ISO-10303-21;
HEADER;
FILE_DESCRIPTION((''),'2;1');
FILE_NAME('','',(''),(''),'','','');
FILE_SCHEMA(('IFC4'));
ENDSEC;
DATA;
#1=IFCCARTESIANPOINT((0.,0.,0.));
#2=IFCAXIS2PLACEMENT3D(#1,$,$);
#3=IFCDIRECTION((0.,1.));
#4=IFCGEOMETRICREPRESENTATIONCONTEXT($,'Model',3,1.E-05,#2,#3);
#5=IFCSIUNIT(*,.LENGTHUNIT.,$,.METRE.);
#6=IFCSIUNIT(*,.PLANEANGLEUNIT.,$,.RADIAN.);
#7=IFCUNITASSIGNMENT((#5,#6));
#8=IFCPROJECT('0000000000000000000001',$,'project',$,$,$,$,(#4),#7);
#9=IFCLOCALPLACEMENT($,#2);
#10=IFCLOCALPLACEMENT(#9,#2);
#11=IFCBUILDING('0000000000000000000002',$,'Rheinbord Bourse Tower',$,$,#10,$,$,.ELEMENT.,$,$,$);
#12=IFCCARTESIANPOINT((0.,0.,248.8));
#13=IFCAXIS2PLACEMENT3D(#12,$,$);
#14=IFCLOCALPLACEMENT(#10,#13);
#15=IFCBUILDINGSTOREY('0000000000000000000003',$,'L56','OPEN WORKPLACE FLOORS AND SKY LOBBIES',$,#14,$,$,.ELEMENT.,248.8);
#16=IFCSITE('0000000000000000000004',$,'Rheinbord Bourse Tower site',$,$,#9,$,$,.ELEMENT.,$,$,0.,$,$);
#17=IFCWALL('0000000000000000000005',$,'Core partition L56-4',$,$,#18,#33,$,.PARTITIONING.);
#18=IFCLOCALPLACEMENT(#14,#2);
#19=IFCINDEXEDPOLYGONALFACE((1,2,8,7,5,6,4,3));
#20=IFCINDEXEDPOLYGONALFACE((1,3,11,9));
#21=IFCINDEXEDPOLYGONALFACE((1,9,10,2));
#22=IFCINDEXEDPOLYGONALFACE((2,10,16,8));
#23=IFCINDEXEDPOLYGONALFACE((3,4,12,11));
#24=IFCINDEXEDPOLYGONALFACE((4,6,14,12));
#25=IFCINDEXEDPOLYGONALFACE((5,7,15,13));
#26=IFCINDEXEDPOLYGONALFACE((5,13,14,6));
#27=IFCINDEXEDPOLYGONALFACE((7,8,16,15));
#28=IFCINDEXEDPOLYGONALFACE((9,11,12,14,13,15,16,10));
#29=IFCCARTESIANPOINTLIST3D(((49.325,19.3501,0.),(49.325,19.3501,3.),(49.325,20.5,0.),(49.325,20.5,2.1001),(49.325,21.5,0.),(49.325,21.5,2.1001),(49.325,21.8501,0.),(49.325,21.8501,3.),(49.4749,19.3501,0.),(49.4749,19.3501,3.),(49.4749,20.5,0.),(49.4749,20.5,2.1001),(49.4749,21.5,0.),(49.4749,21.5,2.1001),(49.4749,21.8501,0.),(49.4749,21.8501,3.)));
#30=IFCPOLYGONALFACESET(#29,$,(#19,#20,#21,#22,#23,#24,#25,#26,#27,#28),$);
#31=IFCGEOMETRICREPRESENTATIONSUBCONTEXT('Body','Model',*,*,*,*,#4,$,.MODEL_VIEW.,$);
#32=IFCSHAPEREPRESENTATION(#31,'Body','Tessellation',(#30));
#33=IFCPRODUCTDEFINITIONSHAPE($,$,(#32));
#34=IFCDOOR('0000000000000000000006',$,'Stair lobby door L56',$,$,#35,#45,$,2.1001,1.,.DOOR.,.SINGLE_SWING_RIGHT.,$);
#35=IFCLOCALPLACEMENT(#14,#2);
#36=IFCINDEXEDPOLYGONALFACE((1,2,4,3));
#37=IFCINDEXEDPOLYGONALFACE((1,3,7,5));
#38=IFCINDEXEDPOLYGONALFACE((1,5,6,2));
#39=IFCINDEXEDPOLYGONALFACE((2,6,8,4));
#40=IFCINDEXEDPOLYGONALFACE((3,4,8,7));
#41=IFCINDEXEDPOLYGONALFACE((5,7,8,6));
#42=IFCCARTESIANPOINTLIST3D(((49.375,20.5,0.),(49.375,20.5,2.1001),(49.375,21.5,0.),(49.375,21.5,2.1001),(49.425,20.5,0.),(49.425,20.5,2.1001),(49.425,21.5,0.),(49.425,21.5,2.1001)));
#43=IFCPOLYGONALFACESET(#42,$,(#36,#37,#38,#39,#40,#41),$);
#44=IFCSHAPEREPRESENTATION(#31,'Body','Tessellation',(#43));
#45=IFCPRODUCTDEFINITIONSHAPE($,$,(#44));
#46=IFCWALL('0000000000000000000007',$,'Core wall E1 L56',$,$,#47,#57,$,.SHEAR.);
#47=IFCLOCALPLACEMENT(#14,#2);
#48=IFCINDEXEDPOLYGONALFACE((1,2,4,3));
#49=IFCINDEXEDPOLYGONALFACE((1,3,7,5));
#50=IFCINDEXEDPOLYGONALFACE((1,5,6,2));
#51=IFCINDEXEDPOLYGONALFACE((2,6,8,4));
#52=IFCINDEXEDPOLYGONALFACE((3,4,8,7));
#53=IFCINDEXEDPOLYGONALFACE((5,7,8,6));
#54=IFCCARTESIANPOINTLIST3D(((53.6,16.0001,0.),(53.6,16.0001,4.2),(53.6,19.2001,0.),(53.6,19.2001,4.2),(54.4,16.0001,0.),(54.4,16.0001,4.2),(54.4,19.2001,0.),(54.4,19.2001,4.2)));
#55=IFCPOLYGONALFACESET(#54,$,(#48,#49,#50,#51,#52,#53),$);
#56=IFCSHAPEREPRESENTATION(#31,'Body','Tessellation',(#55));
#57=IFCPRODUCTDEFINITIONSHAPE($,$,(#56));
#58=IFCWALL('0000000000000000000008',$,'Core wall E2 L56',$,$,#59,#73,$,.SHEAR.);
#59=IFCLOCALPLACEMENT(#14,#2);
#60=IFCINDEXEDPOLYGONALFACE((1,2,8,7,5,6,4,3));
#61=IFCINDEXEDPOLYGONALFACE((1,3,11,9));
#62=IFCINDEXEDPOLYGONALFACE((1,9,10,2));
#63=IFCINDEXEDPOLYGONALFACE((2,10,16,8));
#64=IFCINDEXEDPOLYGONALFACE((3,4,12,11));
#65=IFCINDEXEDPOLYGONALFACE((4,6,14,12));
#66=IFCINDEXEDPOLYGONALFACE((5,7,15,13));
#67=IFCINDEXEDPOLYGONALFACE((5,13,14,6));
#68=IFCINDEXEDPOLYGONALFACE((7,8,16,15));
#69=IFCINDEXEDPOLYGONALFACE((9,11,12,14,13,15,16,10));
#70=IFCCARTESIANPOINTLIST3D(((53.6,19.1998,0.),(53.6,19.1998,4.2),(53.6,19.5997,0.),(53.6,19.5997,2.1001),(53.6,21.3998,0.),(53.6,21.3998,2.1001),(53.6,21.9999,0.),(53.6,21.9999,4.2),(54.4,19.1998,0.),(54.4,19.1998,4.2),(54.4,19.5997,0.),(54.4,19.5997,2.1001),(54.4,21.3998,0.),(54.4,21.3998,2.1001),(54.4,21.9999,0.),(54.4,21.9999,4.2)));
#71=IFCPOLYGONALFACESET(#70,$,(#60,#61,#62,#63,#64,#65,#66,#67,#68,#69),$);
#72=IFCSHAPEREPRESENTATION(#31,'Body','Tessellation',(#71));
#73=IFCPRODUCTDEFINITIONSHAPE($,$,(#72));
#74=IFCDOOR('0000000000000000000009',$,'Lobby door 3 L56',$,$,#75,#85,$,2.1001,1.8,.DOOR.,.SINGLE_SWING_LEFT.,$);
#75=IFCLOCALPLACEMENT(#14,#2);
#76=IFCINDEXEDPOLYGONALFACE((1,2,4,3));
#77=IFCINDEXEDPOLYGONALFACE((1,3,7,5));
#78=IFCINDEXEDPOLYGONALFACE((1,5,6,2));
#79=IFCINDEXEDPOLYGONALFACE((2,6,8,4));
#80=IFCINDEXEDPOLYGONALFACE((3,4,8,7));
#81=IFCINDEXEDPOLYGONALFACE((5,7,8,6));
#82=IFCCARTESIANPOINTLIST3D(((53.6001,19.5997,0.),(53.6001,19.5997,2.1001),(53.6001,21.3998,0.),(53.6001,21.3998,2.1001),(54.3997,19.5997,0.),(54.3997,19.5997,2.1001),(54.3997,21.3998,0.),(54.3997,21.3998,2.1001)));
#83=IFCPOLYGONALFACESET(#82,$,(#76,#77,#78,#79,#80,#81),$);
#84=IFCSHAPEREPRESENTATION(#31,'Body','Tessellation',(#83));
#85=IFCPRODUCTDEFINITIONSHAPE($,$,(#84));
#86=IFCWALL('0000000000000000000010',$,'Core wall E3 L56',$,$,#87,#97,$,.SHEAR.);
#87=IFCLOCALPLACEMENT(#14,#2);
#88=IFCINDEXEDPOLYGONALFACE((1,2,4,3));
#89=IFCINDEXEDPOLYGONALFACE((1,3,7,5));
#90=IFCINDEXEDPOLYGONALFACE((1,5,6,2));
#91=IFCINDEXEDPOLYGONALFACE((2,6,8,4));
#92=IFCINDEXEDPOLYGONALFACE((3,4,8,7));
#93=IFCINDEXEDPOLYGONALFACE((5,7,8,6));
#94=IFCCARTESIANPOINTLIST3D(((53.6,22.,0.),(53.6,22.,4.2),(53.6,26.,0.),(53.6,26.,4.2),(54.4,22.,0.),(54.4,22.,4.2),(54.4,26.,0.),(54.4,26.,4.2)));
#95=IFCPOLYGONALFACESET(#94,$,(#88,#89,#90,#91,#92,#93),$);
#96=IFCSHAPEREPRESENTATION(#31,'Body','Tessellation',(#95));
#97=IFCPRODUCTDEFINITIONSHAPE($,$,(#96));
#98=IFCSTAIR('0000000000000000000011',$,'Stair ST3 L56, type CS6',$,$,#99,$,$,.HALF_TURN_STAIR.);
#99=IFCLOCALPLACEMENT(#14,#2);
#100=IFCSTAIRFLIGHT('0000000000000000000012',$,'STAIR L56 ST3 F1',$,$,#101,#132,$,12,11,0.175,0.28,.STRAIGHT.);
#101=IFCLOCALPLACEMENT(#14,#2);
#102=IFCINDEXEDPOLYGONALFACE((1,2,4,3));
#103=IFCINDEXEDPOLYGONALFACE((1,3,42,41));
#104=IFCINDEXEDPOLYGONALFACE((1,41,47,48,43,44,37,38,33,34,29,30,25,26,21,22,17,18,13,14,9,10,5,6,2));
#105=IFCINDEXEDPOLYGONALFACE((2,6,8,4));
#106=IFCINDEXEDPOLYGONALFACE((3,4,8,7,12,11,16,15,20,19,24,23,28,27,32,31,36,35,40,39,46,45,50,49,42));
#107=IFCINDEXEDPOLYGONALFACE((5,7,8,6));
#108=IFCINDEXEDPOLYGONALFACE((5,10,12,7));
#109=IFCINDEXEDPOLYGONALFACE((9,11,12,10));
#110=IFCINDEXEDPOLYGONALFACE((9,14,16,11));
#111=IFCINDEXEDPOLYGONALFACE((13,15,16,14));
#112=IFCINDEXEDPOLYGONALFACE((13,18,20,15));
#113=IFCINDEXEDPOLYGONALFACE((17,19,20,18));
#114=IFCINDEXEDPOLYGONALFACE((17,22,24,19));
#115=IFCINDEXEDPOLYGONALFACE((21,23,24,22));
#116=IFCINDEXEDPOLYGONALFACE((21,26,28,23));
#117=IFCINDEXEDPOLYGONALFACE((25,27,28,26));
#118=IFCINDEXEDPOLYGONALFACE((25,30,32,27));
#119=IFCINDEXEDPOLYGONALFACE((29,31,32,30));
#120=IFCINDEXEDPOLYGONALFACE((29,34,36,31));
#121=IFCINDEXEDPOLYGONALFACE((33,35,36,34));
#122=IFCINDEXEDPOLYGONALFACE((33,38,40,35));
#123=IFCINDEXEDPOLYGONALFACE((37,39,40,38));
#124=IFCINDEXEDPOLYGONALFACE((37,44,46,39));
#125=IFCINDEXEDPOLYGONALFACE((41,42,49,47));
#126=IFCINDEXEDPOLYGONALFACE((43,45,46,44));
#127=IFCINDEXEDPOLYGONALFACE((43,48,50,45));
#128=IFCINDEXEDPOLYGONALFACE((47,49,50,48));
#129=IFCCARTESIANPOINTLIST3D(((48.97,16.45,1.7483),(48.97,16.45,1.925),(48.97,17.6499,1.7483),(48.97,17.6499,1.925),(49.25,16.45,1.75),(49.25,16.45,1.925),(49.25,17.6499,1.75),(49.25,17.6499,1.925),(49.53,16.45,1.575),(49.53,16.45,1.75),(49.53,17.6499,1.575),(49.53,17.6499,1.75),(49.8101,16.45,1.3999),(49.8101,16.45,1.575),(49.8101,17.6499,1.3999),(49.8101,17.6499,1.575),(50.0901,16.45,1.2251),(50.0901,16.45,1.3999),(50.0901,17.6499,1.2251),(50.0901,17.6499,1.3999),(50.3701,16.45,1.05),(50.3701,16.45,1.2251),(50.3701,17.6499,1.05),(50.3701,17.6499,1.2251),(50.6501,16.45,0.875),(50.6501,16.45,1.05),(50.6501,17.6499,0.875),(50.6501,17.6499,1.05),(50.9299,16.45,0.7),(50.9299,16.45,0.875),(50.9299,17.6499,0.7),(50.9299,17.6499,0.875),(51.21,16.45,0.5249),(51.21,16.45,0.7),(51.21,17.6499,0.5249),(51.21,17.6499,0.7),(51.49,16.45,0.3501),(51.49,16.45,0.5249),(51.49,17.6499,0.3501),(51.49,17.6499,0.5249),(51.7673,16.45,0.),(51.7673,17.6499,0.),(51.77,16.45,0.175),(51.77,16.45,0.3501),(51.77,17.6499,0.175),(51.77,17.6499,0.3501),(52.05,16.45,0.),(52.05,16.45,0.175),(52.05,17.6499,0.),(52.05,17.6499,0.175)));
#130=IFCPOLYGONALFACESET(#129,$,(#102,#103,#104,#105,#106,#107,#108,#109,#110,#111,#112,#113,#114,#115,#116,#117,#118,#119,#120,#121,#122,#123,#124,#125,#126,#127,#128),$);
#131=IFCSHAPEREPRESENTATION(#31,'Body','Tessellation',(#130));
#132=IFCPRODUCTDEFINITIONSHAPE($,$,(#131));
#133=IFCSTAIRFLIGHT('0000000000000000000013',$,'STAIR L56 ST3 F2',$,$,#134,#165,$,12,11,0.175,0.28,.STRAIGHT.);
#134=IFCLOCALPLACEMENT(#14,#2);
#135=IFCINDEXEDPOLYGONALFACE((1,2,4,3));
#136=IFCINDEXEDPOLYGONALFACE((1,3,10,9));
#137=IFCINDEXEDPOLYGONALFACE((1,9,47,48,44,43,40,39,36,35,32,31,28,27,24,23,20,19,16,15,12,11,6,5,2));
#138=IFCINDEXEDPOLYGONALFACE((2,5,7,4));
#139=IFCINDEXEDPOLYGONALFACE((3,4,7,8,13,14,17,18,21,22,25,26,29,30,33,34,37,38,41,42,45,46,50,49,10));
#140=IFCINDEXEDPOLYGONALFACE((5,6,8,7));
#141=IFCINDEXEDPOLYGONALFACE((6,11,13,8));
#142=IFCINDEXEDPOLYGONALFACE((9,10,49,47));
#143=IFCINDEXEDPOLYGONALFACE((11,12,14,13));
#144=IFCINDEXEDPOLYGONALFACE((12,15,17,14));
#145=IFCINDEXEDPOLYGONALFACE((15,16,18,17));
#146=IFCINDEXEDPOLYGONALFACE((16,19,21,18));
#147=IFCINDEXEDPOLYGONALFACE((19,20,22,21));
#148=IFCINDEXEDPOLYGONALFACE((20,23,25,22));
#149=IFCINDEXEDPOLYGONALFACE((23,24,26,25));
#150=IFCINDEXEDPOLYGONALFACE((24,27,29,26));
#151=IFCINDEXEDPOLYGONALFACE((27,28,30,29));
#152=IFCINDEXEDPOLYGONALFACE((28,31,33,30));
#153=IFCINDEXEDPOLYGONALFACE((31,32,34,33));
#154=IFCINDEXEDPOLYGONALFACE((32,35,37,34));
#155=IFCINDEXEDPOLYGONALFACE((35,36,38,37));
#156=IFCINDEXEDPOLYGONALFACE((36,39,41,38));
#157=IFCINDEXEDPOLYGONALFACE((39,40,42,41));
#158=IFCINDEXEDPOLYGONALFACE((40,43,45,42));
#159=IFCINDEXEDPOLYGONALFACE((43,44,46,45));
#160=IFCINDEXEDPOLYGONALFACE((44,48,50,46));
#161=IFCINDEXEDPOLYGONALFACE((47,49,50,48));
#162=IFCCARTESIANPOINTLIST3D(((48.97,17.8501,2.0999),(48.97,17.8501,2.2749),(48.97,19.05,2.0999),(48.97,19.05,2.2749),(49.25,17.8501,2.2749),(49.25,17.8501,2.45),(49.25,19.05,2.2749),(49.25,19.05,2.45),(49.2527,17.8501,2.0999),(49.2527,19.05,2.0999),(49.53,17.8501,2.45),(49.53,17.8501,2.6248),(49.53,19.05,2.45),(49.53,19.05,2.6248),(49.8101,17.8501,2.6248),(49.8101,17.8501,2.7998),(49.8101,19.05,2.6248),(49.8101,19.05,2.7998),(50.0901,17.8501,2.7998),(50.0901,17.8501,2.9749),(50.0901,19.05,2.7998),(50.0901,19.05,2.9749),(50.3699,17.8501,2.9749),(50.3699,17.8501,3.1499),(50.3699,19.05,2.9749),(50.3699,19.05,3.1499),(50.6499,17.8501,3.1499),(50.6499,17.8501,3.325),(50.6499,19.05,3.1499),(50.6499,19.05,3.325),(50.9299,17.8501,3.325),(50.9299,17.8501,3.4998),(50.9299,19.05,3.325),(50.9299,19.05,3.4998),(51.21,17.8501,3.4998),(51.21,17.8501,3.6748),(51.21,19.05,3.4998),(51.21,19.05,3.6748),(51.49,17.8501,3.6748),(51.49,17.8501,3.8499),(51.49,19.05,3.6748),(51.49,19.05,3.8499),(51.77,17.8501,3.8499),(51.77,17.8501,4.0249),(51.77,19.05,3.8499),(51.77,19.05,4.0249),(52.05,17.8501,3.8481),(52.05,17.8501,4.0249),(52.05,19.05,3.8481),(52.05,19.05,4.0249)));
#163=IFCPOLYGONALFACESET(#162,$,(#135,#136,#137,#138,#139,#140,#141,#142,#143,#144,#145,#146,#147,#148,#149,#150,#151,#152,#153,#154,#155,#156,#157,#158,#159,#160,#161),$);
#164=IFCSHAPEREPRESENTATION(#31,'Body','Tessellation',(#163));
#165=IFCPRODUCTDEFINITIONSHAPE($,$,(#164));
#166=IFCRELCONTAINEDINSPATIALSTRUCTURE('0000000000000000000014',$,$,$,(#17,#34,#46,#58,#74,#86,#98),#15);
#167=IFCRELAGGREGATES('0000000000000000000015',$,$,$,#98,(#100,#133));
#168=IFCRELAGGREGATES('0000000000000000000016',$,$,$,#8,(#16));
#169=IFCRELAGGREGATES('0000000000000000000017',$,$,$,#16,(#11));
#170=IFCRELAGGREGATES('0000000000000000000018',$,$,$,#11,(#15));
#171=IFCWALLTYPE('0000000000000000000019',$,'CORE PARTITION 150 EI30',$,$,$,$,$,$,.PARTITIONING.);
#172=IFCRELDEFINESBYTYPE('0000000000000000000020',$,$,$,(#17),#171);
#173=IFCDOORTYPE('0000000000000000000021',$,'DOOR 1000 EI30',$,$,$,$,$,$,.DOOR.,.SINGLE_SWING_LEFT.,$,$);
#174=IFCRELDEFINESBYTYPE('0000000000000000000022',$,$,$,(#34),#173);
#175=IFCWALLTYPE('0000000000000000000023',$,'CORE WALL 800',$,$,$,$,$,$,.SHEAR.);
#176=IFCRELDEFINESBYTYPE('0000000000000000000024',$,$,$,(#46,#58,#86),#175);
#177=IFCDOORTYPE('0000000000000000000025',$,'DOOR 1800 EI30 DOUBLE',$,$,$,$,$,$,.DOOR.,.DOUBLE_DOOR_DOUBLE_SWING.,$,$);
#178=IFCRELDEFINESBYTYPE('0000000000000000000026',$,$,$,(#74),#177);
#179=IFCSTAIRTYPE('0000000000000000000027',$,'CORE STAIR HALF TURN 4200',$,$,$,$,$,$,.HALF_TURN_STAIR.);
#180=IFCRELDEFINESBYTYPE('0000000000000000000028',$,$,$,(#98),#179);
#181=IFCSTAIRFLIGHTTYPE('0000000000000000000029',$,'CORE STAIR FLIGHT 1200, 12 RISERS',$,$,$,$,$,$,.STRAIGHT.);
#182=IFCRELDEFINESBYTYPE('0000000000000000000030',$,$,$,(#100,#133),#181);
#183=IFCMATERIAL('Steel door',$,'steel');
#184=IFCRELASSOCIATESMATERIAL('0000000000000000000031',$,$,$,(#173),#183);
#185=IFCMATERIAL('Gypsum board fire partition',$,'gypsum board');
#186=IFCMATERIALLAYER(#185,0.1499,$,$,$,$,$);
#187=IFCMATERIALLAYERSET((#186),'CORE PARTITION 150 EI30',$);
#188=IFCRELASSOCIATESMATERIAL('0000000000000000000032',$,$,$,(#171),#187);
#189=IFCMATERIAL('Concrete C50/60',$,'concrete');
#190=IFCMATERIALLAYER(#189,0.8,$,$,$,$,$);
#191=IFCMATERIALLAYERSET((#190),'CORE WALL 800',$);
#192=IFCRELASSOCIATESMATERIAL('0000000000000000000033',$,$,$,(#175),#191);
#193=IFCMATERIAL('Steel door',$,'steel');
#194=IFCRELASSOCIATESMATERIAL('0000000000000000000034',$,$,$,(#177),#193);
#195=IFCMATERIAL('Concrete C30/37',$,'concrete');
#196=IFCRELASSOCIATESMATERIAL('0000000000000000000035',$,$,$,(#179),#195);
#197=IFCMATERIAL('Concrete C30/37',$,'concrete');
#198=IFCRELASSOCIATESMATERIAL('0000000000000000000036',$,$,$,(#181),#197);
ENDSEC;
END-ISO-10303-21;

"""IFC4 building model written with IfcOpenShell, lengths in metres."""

from ifc_helpers import new_model, si_unit, direction, frame, frame_2d, origin, place, context, subcontext, project, spatial, polyline, rectangle, outline, extrude, material, layer, layer_set, type_object, element, fill, aggregate, save


model = new_model("IFC4")

# Units and contexts
model_context = context("Model", 3, precision=1e-05, world=origin(), true_north=direction((0.0, 1.0)))
body_context = subcontext(model_context, "Body", "Model", "MODEL_VIEW")
ifc_project = project(units=[si_unit("LENGTHUNIT", "METRE"), si_unit("PLANEANGLEUNIT", "RADIAN")], contexts=[model_context])

# Site, building, storey
site_placement = place(None, origin())
site = spatial("IfcSite", under=ifc_project, at=site_placement, Name="Rheinbord Bourse Tower site", CompositionType="ELEMENT", RefElevation=0.0)
building_placement = place(site_placement, origin())
building = spatial("IfcBuilding", under=site, at=building_placement, Name="Rheinbord Bourse Tower", CompositionType="ELEMENT")
storey_placement = place(building_placement, frame((0.0, 0.0, 248.8)))
storey = spatial("IfcBuildingStorey", under=building, at=storey_placement, Name="L56", Description="OPEN WORKPLACE FLOORS AND SKY LOBBIES", CompositionType="ELEMENT", Elevation=248.8)

# Shared definitions
ifc_material_1 = material(Name="Steel door", Category="steel")
door_type_1 = type_object("IfcDoorType", Name="DOOR 1000 EI30", OperationType="SINGLE_SWING_LEFT", PredefinedType="DOOR", material=ifc_material_1)

# Wall, opening, door
ifc_material_2 = material(Name="Gypsum board fire partition", Category="gypsum board")
ifc_layer_1 = layer(ifc_material_2, 0.1499)
ifc_layer_set_1 = layer_set([ifc_layer_1], Name="CORE PARTITION 150 EI30")
wall_type_1 = type_object("IfcWallType", Name="CORE PARTITION 150 EI30", PredefinedType="PARTITIONING", material=ifc_layer_set_1)
wall_1_placement = place(storey_placement, frame((49.3999, 19.3501, 0.0), z_axis=(0.0, 0.0, 1.0), x_axis=(0.0, 1.0, 0.0)))
wall_1 = element("IfcWall", 1, at=wall_1_placement, inside=storey, type_object=wall_type_1, Name="Core partition L56-4", PredefinedType="PARTITIONING", context=body_context, shape_type="SweptSolid", body=[
    extrude(rectangle(XDim=2.5, YDim=0.1499, at=frame_2d((1.25, 0.0))), origin(), (0.0, 0.0, 1.0), 3.0),
])
opening_1_placement = place(wall_1_placement, frame((1.1499, 0.0, 0.0)))
opening_1 = element("IfcOpeningElement", 2, at=opening_1_placement, cuts=wall_1, PredefinedType="OPENING", context=body_context, shape_type="SweptSolid", body=[
    extrude(rectangle(XDim=1.0, YDim=2.1001, at=frame_2d((0.5, 1.05))), frame((0.0, 0.085, 0.0), z_axis=(0.0, -1.0, 0.0), x_axis=(1.0, 0.0, 0.0)), (0.0, 0.0, 1.0), 0.1699),
])
door_1_placement = place(opening_1_placement, origin())
door_1 = element("IfcDoor", 3, at=door_1_placement, inside=storey, type_object=door_type_1, Name="Stair lobby door L56", OperationType="SINGLE_SWING_RIGHT", OverallHeight=2.1001, OverallWidth=1.0, PredefinedType="DOOR", context=body_context, shape_type="SweptSolid", body=[
    extrude(rectangle(XDim=1.0, YDim=2.1001, at=frame_2d((0.5, 1.05))), frame((0.0, 0.0249, 0.0), z_axis=(0.0, -1.0, 0.0), x_axis=(1.0, 0.0, 0.0)), (0.0, 0.0, 1.0), 0.05),
])
fill(opening_1, door_1)

# Wall
ifc_material_3 = material(Name="Concrete C50/60", Category="concrete")
ifc_layer_2 = layer(ifc_material_3, 0.8)
ifc_layer_set_2 = layer_set([ifc_layer_2], Name="CORE WALL 800")
wall_type_2 = type_object("IfcWallType", Name="CORE WALL 800", PredefinedType="SHEAR", material=ifc_layer_set_2)
wall_2_placement = place(storey_placement, frame((54.0, 16.0, 0.0), z_axis=(0.0, 0.0, 1.0), x_axis=(0.0, 1.0, 0.0)))
element("IfcWall", 4, at=wall_2_placement, inside=storey, type_object=wall_type_2, Name="Core wall E1 L56", PredefinedType="SHEAR", context=body_context, shape_type="SweptSolid", body=[
    extrude(rectangle(XDim=3.2, YDim=0.8, at=frame_2d((1.6001, 0.0))), origin(), (0.0, 0.0, 1.0), 4.2),
])

# Wall, opening, door
wall_3_placement = place(storey_placement, frame((54.0, 19.2, 0.0), z_axis=(0.0, 0.0, 1.0), x_axis=(0.0, 1.0, 0.0)))
wall_3 = element("IfcWall", 5, at=wall_3_placement, inside=storey, type_object=wall_type_2, Name="Core wall E2 L56", PredefinedType="SHEAR", context=body_context, shape_type="SweptSolid", body=[
    extrude(rectangle(XDim=2.8, YDim=0.8, at=frame_2d((1.3999, 0.0))), origin(), (0.0, 0.0, 1.0), 4.2),
])
opening_2_placement = place(wall_3_placement, frame((0.3999, 0.0, 0.0)))
opening_2 = element("IfcOpeningElement", 6, at=opening_2_placement, cuts=wall_3, PredefinedType="OPENING", context=body_context, shape_type="SweptSolid", body=[
    extrude(rectangle(XDim=1.8, YDim=2.1001, at=frame_2d((0.8999, 1.05))), frame((0.0, 0.4099, 0.0), z_axis=(0.0, -1.0, 0.0), x_axis=(1.0, 0.0, 0.0)), (0.0, 0.0, 1.0), 0.8201),
])
ifc_material_4 = material(Name="Steel door", Category="steel")
door_type_2 = type_object("IfcDoorType", Name="DOOR 1800 EI30 DOUBLE", OperationType="DOUBLE_DOOR_DOUBLE_SWING", PredefinedType="DOOR", material=ifc_material_4)
door_2_placement = place(opening_2_placement, origin())
door_2 = element("IfcDoor", 7, at=door_2_placement, inside=storey, type_object=door_type_2, Name="Lobby door 3 L56", OperationType="SINGLE_SWING_LEFT", OverallHeight=2.1001, OverallWidth=1.8, PredefinedType="DOOR", context=body_context, shape_type="SweptSolid", body=[
    extrude(rectangle(XDim=1.8, YDim=2.1001, at=frame_2d((0.8999, 1.05))), frame((0.0, 0.3999, 0.0), z_axis=(0.0, -1.0, 0.0), x_axis=(1.0, 0.0, 0.0)), (0.0, 0.0, 1.0), 0.7996),
])
fill(opening_2, door_2)

# Wall
wall_4_placement = place(storey_placement, frame((54.0, 22.0, 0.0), z_axis=(0.0, 0.0, 1.0), x_axis=(0.0, 1.0, 0.0)))
element("IfcWall", 8, at=wall_4_placement, inside=storey, type_object=wall_type_2, Name="Core wall E3 L56", PredefinedType="SHEAR", context=body_context, shape_type="SweptSolid", body=[
    extrude(rectangle(XDim=4.0, YDim=0.8, at=frame_2d((2.0, 0.0))), origin(), (0.0, 0.0, 1.0), 4.2),
])

# Stair, stair flights
ifc_material_5 = material(Name="Concrete C30/37", Category="concrete")
stair_type = type_object("IfcStairType", Name="CORE STAIR HALF TURN 4200", PredefinedType="HALF_TURN_STAIR", material=ifc_material_5)
stair_placement = place(storey_placement, origin())
stair = element("IfcStair", 9, at=stair_placement, inside=storey, type_object=stair_type, Name="Stair ST3 L56, type CS6", PredefinedType="HALF_TURN_STAIR")
ifc_material_6 = material(Name="Concrete C30/37", Category="concrete")
stair_flight_type = type_object("IfcStairFlightType", Name="CORE STAIR FLIGHT 1200, 12 RISERS", PredefinedType="STRAIGHT", material=ifc_material_6)
stair_flight_1_placement = place(storey_placement, frame((52.05, 17.05, 0.0), z_axis=(0.0, 0.0, 1.0), x_axis=(-1.0, 0.0, 0.0)))
stair_flight_1 = element("IfcStairFlight", 10, at=stair_flight_1_placement, type_object=stair_flight_type, Name="STAIR L56 ST3 F1", NumberOfRisers=12, NumberOfTreads=11, PredefinedType="STRAIGHT", RiserHeight=0.175, TreadLength=0.28, context=body_context, shape_type="SweptSolid", body=[
    extrude(outline(polyline([(0.0, 0.0), (0.0, 0.175), (0.28, 0.175), (0.28, 0.3501), (0.5601, 0.3501), (0.5601, 0.5249), (0.8401, 0.5249), (0.8401, 0.7), (1.1201, 0.7), (1.1201, 0.875), (1.3999, 0.875), (1.3999, 1.05), (1.6799, 1.05), (1.6799, 1.2251), (1.96, 1.2251), (1.96, 1.3999), (2.24, 1.3999), (2.24, 1.575), (2.52, 1.575), (2.52, 1.75), (2.8, 1.75), (2.8, 1.925), (3.0801, 1.925), (3.0801, 2.1001), (3.0801, 1.7483), (0.2827, 0.0), (0.0, 0.0)])), frame((0.0, 0.6001, 0.0), z_axis=(0.0, -1.0, 0.0), x_axis=(1.0, 0.0, 0.0)), (0.0, 0.0, 1.0), 1.2),
])
stair_flight_2_placement = place(storey_placement, frame((48.97, 18.45, 2.0999), z_axis=(0.0, 0.0, 1.0), x_axis=(1.0, 0.0, 0.0)))
stair_flight_2 = element("IfcStairFlight", 11, at=stair_flight_2_placement, type_object=stair_flight_type, Name="STAIR L56 ST3 F2", NumberOfRisers=12, NumberOfTreads=11, PredefinedType="STRAIGHT", RiserHeight=0.175, TreadLength=0.28, context=body_context, shape_type="SweptSolid", body=[
    extrude(outline(polyline([(0.0, 0.0), (0.0, 0.175), (0.28, 0.175), (0.28, 0.3501), (0.5601, 0.3501), (0.5601, 0.5249), (0.8401, 0.5249), (0.8401, 0.7), (1.1201, 0.7), (1.1201, 0.875), (1.3999, 0.875), (1.3999, 1.05), (1.6799, 1.05), (1.6799, 1.2251), (1.96, 1.2251), (1.96, 1.3999), (2.24, 1.3999), (2.24, 1.575), (2.52, 1.575), (2.52, 1.75), (2.8, 1.75), (2.8, 1.925), (3.0801, 1.925), (3.0801, 2.1001), (3.0801, 1.7483), (0.2827, 0.0), (0.0, 0.0)])), frame((0.0, 0.6001, 0.0), z_axis=(0.0, -1.0, 0.0), x_axis=(1.0, 0.0, 0.0)), (0.0, 0.0, 1.0), 1.2),
])
aggregate(stair, [stair_flight_1, stair_flight_2])

save(model, "model.ifc")
